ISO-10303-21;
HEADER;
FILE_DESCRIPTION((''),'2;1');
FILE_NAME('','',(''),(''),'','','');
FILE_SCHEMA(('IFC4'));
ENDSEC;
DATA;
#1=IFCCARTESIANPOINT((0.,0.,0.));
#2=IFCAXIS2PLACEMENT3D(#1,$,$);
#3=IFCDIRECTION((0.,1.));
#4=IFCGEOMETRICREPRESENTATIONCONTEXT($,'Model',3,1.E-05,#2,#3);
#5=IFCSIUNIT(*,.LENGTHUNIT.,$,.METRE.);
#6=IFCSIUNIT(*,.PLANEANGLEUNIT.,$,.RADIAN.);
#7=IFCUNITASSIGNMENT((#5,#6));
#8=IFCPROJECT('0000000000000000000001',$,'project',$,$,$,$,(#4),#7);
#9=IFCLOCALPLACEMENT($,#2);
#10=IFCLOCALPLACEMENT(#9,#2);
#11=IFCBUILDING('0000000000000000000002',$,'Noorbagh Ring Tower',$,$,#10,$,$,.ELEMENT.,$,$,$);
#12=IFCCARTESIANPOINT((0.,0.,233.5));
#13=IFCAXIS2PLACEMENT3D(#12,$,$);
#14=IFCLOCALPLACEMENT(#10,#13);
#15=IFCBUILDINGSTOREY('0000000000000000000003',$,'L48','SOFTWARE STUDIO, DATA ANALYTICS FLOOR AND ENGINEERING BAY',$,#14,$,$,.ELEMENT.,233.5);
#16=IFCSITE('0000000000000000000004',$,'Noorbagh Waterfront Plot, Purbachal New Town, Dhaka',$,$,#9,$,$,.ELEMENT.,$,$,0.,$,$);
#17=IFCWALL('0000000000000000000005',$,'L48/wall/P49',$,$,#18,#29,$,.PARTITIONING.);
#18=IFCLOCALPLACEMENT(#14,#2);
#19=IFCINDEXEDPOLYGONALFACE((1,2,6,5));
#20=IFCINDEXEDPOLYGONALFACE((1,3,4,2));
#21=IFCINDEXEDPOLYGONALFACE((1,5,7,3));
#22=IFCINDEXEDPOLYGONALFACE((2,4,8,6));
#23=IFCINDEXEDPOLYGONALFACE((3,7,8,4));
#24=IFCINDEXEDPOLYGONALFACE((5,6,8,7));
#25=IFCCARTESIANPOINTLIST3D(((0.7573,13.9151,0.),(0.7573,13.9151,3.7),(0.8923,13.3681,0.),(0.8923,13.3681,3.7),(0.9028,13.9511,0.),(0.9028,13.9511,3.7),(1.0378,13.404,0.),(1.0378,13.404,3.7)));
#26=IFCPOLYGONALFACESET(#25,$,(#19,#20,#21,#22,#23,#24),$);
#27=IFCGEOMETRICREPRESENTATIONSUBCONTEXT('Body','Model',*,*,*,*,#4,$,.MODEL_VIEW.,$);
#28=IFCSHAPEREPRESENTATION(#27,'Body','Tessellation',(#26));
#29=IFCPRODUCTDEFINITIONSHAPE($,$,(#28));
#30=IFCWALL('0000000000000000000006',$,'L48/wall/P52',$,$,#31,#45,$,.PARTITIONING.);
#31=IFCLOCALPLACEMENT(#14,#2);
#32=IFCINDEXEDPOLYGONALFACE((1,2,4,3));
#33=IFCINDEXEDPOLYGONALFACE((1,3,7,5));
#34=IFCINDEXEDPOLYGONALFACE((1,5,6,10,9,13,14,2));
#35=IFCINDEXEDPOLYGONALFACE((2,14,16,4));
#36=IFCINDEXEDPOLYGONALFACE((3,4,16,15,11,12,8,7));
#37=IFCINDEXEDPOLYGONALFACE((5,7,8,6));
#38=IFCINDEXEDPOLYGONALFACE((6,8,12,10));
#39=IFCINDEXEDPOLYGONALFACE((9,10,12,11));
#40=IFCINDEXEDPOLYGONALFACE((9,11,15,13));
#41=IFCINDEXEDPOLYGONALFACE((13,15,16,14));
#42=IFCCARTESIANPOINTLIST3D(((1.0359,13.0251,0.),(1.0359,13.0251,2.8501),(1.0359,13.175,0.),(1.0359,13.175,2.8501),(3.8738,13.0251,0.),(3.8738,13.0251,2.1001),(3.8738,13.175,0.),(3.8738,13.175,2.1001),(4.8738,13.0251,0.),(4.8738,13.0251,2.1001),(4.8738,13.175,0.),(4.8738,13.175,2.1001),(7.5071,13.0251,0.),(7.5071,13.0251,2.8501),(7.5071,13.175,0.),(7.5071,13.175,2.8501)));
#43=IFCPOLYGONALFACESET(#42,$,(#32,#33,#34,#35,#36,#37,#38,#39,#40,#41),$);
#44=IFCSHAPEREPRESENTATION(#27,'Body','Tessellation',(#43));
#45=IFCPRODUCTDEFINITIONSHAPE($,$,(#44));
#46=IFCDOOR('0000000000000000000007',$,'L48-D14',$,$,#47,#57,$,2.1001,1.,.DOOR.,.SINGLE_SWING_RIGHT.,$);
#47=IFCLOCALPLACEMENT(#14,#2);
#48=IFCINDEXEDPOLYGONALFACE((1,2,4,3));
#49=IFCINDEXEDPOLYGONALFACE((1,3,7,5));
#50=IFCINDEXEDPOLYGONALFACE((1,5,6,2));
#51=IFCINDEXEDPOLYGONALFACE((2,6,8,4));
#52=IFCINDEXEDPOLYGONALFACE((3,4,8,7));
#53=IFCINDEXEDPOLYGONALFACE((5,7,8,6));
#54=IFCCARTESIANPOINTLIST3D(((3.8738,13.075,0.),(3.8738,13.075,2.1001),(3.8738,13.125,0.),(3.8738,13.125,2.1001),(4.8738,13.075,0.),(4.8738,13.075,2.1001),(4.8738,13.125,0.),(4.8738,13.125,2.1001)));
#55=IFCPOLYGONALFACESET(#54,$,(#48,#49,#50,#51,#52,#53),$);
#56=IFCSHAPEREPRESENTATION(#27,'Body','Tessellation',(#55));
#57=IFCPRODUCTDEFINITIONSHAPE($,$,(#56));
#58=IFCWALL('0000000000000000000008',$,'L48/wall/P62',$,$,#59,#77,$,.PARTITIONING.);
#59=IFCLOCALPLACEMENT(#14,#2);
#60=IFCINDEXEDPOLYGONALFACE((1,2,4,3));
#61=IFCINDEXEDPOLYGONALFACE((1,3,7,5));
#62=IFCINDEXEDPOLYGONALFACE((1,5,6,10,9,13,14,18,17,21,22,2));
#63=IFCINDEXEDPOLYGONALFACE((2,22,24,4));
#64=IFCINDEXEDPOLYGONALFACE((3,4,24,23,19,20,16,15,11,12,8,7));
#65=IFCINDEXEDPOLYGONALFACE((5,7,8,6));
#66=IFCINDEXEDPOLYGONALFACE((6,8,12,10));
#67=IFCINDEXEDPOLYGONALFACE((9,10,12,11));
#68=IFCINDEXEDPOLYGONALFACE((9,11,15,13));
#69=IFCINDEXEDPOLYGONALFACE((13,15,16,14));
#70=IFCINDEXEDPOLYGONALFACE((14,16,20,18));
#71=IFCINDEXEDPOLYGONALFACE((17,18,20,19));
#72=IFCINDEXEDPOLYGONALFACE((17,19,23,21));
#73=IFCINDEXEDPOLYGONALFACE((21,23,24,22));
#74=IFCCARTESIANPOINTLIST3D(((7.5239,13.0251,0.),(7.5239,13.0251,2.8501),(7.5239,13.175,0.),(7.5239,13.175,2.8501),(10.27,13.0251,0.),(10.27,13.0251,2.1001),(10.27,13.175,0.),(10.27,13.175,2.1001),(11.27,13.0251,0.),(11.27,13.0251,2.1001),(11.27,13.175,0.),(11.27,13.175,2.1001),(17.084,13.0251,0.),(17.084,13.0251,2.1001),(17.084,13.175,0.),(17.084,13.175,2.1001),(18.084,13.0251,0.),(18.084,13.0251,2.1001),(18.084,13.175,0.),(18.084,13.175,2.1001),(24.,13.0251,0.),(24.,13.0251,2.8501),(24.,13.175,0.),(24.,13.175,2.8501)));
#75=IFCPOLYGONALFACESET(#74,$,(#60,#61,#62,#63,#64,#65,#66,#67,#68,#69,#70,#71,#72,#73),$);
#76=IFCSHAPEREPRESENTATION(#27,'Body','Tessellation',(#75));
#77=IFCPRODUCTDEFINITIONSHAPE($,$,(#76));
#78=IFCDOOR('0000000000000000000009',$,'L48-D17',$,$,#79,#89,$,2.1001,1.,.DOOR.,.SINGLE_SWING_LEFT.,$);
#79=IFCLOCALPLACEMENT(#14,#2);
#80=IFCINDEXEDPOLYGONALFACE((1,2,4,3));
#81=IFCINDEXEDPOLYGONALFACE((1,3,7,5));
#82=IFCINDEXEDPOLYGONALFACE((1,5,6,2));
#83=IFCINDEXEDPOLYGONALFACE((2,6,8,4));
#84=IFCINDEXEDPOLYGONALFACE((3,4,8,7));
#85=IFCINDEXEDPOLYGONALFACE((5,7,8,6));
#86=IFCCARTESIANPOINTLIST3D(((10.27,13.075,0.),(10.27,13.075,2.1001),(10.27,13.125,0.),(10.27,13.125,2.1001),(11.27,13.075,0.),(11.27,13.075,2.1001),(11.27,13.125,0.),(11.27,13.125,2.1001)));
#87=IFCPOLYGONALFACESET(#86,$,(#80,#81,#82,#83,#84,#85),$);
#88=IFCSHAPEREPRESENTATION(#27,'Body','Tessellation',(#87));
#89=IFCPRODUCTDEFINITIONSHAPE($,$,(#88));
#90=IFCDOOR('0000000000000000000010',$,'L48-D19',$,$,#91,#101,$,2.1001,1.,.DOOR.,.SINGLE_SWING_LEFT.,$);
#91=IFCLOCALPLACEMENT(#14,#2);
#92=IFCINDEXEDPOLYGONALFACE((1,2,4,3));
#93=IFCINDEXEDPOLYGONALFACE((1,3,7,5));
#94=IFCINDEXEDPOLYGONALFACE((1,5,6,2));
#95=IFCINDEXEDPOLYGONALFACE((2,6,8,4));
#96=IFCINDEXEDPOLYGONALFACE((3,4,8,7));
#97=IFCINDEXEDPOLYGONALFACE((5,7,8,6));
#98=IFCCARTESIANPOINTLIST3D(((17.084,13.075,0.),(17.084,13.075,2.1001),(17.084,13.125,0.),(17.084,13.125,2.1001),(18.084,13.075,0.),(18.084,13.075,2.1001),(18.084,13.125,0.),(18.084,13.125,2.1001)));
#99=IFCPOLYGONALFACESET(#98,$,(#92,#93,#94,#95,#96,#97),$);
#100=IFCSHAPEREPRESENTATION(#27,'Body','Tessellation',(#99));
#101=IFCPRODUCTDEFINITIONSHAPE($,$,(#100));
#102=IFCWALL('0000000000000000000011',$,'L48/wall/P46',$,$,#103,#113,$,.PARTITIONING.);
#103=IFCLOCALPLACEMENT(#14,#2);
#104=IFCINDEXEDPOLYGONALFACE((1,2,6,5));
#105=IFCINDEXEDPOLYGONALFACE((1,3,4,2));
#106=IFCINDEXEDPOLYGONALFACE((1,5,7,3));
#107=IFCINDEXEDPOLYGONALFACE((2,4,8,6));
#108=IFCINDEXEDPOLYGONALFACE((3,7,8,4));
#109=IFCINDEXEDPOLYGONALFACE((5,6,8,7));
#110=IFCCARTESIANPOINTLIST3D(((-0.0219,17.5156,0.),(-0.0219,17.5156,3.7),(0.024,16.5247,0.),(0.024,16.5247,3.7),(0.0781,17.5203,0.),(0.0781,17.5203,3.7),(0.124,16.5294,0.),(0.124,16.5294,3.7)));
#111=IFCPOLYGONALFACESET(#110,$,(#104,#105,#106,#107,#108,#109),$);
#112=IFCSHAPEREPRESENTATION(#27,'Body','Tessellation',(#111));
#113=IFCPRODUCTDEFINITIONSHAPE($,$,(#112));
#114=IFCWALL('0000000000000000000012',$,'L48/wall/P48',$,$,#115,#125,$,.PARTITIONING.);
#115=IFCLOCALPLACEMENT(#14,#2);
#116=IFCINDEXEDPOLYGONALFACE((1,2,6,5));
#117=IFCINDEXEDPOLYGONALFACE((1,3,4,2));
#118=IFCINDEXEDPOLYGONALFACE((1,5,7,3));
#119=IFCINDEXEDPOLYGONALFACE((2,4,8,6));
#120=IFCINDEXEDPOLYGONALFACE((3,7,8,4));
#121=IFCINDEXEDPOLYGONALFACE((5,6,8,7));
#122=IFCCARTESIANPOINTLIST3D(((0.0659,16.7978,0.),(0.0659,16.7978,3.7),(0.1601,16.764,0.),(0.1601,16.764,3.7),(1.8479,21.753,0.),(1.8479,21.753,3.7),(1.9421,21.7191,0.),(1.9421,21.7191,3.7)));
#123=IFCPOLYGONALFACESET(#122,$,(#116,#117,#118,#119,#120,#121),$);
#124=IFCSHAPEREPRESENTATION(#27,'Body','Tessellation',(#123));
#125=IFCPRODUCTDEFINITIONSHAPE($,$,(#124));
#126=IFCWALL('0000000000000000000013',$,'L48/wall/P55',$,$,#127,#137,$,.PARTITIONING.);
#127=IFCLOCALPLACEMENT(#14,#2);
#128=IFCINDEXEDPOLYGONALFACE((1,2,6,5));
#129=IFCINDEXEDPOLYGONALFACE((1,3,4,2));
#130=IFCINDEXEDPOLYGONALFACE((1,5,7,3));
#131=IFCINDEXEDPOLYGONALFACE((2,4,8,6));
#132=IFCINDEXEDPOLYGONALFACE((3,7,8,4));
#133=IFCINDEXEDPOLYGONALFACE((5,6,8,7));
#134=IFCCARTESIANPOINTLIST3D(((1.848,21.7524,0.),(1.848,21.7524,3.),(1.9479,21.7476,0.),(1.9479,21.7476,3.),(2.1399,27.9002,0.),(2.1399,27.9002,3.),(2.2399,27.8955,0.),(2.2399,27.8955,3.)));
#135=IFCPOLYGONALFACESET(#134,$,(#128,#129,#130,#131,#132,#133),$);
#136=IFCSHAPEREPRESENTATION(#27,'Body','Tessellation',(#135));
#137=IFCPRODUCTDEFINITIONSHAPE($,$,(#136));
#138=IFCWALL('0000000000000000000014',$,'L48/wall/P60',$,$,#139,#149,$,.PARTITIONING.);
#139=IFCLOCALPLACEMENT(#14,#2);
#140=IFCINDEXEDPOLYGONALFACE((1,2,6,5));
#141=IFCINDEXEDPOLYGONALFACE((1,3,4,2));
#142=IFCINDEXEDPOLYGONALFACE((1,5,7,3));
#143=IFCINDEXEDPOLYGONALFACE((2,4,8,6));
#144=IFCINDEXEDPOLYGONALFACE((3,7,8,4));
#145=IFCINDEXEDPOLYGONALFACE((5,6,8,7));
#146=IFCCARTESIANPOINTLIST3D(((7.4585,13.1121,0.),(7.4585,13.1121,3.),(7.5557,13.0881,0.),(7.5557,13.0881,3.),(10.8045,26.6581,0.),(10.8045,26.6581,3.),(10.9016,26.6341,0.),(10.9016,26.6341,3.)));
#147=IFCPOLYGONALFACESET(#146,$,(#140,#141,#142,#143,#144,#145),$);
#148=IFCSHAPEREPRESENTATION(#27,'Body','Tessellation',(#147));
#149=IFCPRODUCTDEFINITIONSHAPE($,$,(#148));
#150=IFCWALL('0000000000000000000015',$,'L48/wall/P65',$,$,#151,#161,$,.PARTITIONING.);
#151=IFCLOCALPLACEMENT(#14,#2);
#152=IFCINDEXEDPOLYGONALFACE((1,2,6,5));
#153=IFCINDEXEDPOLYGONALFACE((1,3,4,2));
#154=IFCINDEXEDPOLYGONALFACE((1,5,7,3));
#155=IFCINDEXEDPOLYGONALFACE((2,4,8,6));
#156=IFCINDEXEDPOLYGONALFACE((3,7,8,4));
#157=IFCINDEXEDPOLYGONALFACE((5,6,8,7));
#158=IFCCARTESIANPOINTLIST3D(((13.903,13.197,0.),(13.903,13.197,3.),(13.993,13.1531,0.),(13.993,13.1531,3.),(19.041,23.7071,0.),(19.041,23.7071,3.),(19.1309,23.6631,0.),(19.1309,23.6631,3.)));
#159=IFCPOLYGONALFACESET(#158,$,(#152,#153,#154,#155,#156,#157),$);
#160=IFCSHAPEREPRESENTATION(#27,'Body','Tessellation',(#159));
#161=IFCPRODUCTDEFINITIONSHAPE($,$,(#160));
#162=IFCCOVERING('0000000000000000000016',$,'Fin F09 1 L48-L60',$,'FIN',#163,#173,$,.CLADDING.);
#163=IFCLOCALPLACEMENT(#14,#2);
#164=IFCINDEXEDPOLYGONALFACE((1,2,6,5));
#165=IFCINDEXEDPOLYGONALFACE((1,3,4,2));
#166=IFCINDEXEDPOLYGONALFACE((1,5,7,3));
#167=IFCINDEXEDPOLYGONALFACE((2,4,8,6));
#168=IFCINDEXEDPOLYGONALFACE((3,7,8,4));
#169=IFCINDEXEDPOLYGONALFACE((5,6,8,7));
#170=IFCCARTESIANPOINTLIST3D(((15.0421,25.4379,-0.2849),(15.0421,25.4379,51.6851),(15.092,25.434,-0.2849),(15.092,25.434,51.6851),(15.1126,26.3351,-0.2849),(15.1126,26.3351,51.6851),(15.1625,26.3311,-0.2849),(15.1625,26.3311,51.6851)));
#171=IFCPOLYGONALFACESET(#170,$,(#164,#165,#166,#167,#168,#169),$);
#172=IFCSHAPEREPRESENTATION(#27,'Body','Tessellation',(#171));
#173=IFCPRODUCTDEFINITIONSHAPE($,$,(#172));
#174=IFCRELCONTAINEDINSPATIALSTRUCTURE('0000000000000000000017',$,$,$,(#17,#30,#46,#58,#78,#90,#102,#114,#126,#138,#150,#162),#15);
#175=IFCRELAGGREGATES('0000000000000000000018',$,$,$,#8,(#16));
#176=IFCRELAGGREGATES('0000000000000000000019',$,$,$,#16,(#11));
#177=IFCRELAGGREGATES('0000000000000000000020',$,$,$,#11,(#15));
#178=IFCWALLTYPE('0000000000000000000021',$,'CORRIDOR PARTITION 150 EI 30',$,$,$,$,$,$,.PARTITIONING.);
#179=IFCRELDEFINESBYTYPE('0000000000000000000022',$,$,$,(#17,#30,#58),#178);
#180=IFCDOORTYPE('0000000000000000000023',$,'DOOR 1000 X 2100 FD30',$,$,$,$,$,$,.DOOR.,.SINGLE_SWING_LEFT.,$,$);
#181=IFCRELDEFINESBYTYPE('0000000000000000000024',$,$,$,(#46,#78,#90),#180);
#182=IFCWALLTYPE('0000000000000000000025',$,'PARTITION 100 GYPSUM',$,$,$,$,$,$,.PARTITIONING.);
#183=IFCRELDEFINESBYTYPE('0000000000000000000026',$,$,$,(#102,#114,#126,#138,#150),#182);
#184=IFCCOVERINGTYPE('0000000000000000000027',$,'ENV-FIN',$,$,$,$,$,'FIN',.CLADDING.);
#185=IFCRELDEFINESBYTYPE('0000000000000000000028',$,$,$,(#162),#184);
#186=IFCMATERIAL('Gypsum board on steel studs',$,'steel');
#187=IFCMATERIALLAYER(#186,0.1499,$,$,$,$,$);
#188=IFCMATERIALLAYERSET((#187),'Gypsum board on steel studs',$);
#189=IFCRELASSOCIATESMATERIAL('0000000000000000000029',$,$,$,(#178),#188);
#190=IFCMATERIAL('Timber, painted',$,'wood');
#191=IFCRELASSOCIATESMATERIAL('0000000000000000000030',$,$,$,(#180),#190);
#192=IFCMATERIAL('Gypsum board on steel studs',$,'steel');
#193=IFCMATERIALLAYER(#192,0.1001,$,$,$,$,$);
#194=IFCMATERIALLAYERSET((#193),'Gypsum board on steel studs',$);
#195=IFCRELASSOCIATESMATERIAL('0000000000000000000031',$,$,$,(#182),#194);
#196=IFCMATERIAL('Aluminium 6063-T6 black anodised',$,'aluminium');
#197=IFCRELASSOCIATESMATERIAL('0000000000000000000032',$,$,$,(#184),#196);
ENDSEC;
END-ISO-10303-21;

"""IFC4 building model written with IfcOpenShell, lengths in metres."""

from ifc_helpers import new_model, si_unit, direction, frame, frame_2d, origin, origin_2d, place, context, subcontext, project, spatial, rectangle, extrude, material, layer, layer_set, material_profile, profile_set, type_object, element, fill, save


model = new_model("IFC4")

# Units and contexts
model_context = context("Model", 3, precision=1e-05, world=origin(), true_north=direction((0.0, 1.0)))
body_context = subcontext(model_context, "Body", "Model", "MODEL_VIEW")
ifc_project = project(units=[si_unit("LENGTHUNIT", "METRE"), si_unit("PLANEANGLEUNIT", "RADIAN")], contexts=[model_context])

# Site, building, storey
site_placement = place(None, origin())
site = spatial("IfcSite", under=ifc_project, at=site_placement, Name="Noorbagh Waterfront Plot, Purbachal New Town, Dhaka", CompositionType="ELEMENT", RefElevation=0.0)
building_placement = place(site_placement, origin())
building = spatial("IfcBuilding", under=site, at=building_placement, Name="Noorbagh Ring Tower", CompositionType="ELEMENT")
storey_placement = place(building_placement, frame((0.0, 0.0, 233.5)))
storey = spatial("IfcBuildingStorey", under=building, at=storey_placement, Name="L48", Description="SOFTWARE STUDIO, DATA ANALYTICS FLOOR AND ENGINEERING BAY", CompositionType="ELEMENT", Elevation=233.5)

# Wall
ifc_material_1 = material(Name="Gypsum board on steel studs", Category="steel")
ifc_layer_1 = layer(ifc_material_1, 0.1499)
ifc_layer_set_1 = layer_set([ifc_layer_1], Name="Gypsum board on steel studs")
wall_type_1 = type_object("IfcWallType", Name="CORRIDOR PARTITION 150 EI 30", PredefinedType="PARTITIONING", material=ifc_layer_set_1)
wall_1_placement = place(storey_placement, frame((0.8301, 13.9331, 0.0), z_axis=(0.0, 0.0, 1.0), x_axis=(0.239578, -0.970877, 0.0)))
element("IfcWall", 1, at=wall_1_placement, inside=storey, type_object=wall_type_1, Name="L48/wall/P49", PredefinedType="PARTITIONING", context=body_context, shape_type="SweptSolid", body=[
    extrude(rectangle(XDim=0.5635, YDim=0.1499, at=frame_2d((0.2817, 0.0))), origin(), (0.0, 0.0, 1.0), 3.7),
])

# Wall, opening, door
wall_2_placement = place(storey_placement, frame((1.0359, 13.1001, 0.0), z_axis=(0.0, 0.0, 1.0), x_axis=(1.0, 0.0, 0.0)))
wall_2 = element("IfcWall", 2, at=wall_2_placement, inside=storey, type_object=wall_type_1, Name="L48/wall/P52", PredefinedType="PARTITIONING", context=body_context, shape_type="SweptSolid", body=[
    extrude(rectangle(XDim=6.4712, YDim=0.1499, at=frame_2d((3.2356, 0.0))), origin(), (0.0, 0.0, 1.0), 2.8501),
])
opening_1_placement = place(wall_2_placement, frame((2.8379, 0.0, 0.0)))
opening_1 = element("IfcOpeningElement", 3, at=opening_1_placement, cuts=wall_2, PredefinedType="OPENING", context=body_context, shape_type="SweptSolid", body=[
    extrude(rectangle(XDim=1.0, YDim=2.1001, at=frame_2d((0.5, 1.05))), frame((0.0, 0.085, 0.0), z_axis=(0.0, -1.0, 0.0), x_axis=(1.0, 0.0, 0.0)), (0.0, 0.0, 1.0), 0.1699),
])
ifc_material_2 = material(Name="Timber, painted", Category="wood")
door_type_1 = type_object("IfcDoorType", Name="DOOR 1000 X 2100 FD30", OperationType="SINGLE_SWING_LEFT", PredefinedType="DOOR", material=ifc_material_2)
door_1_placement = place(opening_1_placement, origin())
door_1 = element("IfcDoor", 4, at=door_1_placement, inside=storey, type_object=door_type_1, Name="L48-D14", OperationType="SINGLE_SWING_RIGHT", OverallHeight=2.1001, OverallWidth=1.0, PredefinedType="DOOR", context=body_context, shape_type="SweptSolid", body=[
    extrude(rectangle(XDim=1.0, YDim=2.1001, at=frame_2d((0.5, 1.05))), frame((0.0, 0.0249, 0.0), z_axis=(0.0, -1.0, 0.0), x_axis=(1.0, 0.0, 0.0)), (0.0, 0.0, 1.0), 0.05),
])
fill(opening_1, door_1)

# Wall, openings, doors
wall_3_placement = place(storey_placement, frame((7.5239, 13.1001, 0.0), z_axis=(0.0, 0.0, 1.0), x_axis=(1.0, 0.0, 0.0)))
wall_3 = element("IfcWall", 5, at=wall_3_placement, inside=storey, type_object=wall_type_1, Name="L48/wall/P62", PredefinedType="PARTITIONING", context=body_context, shape_type="SweptSolid", body=[
    extrude(rectangle(XDim=16.4761, YDim=0.1499, at=frame_2d((8.238, 0.0))), origin(), (0.0, 0.0, 1.0), 2.8501),
])
opening_2_placement = place(wall_3_placement, frame((2.7461, 0.0, 0.0)))
opening_2 = element("IfcOpeningElement", 6, at=opening_2_placement, cuts=wall_3, PredefinedType="OPENING", context=body_context, shape_type="SweptSolid", body=[
    extrude(rectangle(XDim=1.0, YDim=2.1001, at=frame_2d((0.5, 1.05))), frame((0.0, 0.085, 0.0), z_axis=(0.0, -1.0, 0.0), x_axis=(1.0, 0.0, 0.0)), (0.0, 0.0, 1.0), 0.1699),
])
opening_3_placement = place(wall_3_placement, frame((9.5601, 0.0, 0.0)))
opening_3 = element("IfcOpeningElement", 7, at=opening_3_placement, cuts=wall_3, PredefinedType="OPENING", context=body_context, shape_type="SweptSolid", body=[
    extrude(rectangle(XDim=1.0, YDim=2.1001, at=frame_2d((0.5, 1.05))), frame((0.0, 0.085, 0.0), z_axis=(0.0, -1.0, 0.0), x_axis=(1.0, 0.0, 0.0)), (0.0, 0.0, 1.0), 0.1699),
])
door_2_placement = place(opening_2_placement, origin())
door_2 = element("IfcDoor", 8, at=door_2_placement, inside=storey, type_object=door_type_1, Name="L48-D17", OperationType="SINGLE_SWING_LEFT", OverallHeight=2.1001, OverallWidth=1.0, PredefinedType="DOOR", context=body_context, shape_type="SweptSolid", body=[
    extrude(rectangle(XDim=1.0, YDim=2.1001, at=frame_2d((0.5, 1.05))), frame((0.0, 0.0249, 0.0), z_axis=(0.0, -1.0, 0.0), x_axis=(1.0, 0.0, 0.0)), (0.0, 0.0, 1.0), 0.05),
])
fill(opening_2, door_2)
door_3_placement = place(opening_3_placement, origin())
door_3 = element("IfcDoor", 9, at=door_3_placement, inside=storey, type_object=door_type_1, Name="L48-D19", OperationType="SINGLE_SWING_LEFT", OverallHeight=2.1001, OverallWidth=1.0, PredefinedType="DOOR", context=body_context, shape_type="SweptSolid", body=[
    extrude(rectangle(XDim=1.0, YDim=2.1001, at=frame_2d((0.5, 1.05))), frame((0.0, 0.0249, 0.0), z_axis=(0.0, -1.0, 0.0), x_axis=(1.0, 0.0, 0.0)), (0.0, 0.0, 1.0), 0.05),
])
fill(opening_3, door_3)

# Walls
ifc_material_3 = material(Name="Gypsum board on steel studs", Category="steel")
ifc_layer_2 = layer(ifc_material_3, 0.1001)
ifc_layer_set_2 = layer_set([ifc_layer_2], Name="Gypsum board on steel studs")
wall_type_2 = type_object("IfcWallType", Name="PARTITION 100 GYPSUM", PredefinedType="PARTITIONING", material=ifc_layer_set_2)
wall_4_placement = place(storey_placement, frame((0.0281, 17.5181, 0.0), z_axis=(0.0, 0.0, 1.0), x_axis=(0.046267, -0.998929, 0.0)))
element("IfcWall", 10, at=wall_4_placement, inside=storey, type_object=wall_type_2, Name="L48/wall/P46", PredefinedType="PARTITIONING", context=body_context, shape_type="SweptSolid", body=[
    extrude(rectangle(XDim=0.9919, YDim=0.1001, at=frame_2d((0.4961, 0.0))), origin(), (0.0, 0.0, 1.0), 3.7),
])
wall_5_placement = place(storey_placement, frame((0.113, 16.781, 0.0), z_axis=(0.0, 0.0, 1.0), x_axis=(0.338409, 0.940999, 0.0)))
element("IfcWall", 11, at=wall_5_placement, inside=storey, type_object=wall_type_2, Name="L48/wall/P48", PredefinedType="PARTITIONING", context=body_context, shape_type="SweptSolid", body=[
    extrude(rectangle(XDim=5.2659, YDim=0.1001, at=frame_2d((2.6328, 0.0))), origin(), (0.0, 0.0, 1.0), 3.7),
])
wall_6_placement = place(storey_placement, frame((1.8979, 21.75, 0.0), z_axis=(0.0, 0.0, 1.0), x_axis=(0.047441, 0.998874, 0.0)))
element("IfcWall", 12, at=wall_6_placement, inside=storey, type_object=wall_type_2, Name="L48/wall/P55", PredefinedType="PARTITIONING", context=body_context, shape_type="SweptSolid", body=[
    extrude(rectangle(XDim=6.1548, YDim=0.1001, at=frame_2d((3.0774, 0.0))), origin(), (0.0, 0.0, 1.0), 3.0),
])
wall_7_placement = place(storey_placement, frame((7.5071, 13.1001, 0.0), z_axis=(0.0, 0.0, 1.0), x_axis=(0.239801, 0.970822, 0.0)))
element("IfcWall", 13, at=wall_7_placement, inside=storey, type_object=wall_type_2, Name="L48/wall/P60", PredefinedType="PARTITIONING", context=body_context, shape_type="SweptSolid", body=[
    extrude(rectangle(XDim=13.9531, YDim=0.1001, at=frame_2d((6.9766, 0.0))), origin(), (0.0, 0.0, 1.0), 3.0),
])
wall_8_placement = place(storey_placement, frame((13.948, 13.175, 0.0), z_axis=(0.0, 0.0, 1.0), x_axis=(0.43919, 0.898394, 0.0)))
element("IfcWall", 14, at=wall_8_placement, inside=storey, type_object=wall_type_2, Name="L48/wall/P65", PredefinedType="PARTITIONING", context=body_context, shape_type="SweptSolid", body=[
    extrude(rectangle(XDim=11.6987, YDim=0.1001, at=frame_2d((5.8494, 0.0))), origin(), (0.0, 0.0, 1.0), 3.0),
])

# Covering
ifc_material_4 = material(Name="Aluminium 6063-T6 black anodised", Category="aluminium")
ifc_material_profile_1 = material_profile(ifc_material_4, rectangle(XDim=0.8999, YDim=0.05, at=origin_2d()), Name="900x50")
ifc_profile_set_1 = profile_set([ifc_material_profile_1], Name="Aluminium 6063-T6 black anodised")
covering_type = type_object("IfcCoveringType", Name="ENV-FIN", ElementType="FIN", PredefinedType="CLADDING", material=ifc_profile_set_1)
for number, where, z_axis, x_axis, name in (
    (15, (15.1023, 25.8845, -0.2849), (0.0, 0.0, 1.0), (0.078357, 0.996925, 0.0), "Fin F09 1 L48-L60"),
):
    element("IfcCovering", number, at=place(storey_placement, frame(where, z_axis=z_axis, x_axis=x_axis)), inside=storey, type_object=covering_type, Name=name, ObjectType="FIN", PredefinedType="CLADDING", context=body_context, shape_type="SweptSolid", body=[
        extrude(rectangle(XDim=0.8999, YDim=0.05, at=origin_2d()), origin(), (0.0, 0.0, 1.0), 51.97),
    ])

save(model, "model.ifc")
